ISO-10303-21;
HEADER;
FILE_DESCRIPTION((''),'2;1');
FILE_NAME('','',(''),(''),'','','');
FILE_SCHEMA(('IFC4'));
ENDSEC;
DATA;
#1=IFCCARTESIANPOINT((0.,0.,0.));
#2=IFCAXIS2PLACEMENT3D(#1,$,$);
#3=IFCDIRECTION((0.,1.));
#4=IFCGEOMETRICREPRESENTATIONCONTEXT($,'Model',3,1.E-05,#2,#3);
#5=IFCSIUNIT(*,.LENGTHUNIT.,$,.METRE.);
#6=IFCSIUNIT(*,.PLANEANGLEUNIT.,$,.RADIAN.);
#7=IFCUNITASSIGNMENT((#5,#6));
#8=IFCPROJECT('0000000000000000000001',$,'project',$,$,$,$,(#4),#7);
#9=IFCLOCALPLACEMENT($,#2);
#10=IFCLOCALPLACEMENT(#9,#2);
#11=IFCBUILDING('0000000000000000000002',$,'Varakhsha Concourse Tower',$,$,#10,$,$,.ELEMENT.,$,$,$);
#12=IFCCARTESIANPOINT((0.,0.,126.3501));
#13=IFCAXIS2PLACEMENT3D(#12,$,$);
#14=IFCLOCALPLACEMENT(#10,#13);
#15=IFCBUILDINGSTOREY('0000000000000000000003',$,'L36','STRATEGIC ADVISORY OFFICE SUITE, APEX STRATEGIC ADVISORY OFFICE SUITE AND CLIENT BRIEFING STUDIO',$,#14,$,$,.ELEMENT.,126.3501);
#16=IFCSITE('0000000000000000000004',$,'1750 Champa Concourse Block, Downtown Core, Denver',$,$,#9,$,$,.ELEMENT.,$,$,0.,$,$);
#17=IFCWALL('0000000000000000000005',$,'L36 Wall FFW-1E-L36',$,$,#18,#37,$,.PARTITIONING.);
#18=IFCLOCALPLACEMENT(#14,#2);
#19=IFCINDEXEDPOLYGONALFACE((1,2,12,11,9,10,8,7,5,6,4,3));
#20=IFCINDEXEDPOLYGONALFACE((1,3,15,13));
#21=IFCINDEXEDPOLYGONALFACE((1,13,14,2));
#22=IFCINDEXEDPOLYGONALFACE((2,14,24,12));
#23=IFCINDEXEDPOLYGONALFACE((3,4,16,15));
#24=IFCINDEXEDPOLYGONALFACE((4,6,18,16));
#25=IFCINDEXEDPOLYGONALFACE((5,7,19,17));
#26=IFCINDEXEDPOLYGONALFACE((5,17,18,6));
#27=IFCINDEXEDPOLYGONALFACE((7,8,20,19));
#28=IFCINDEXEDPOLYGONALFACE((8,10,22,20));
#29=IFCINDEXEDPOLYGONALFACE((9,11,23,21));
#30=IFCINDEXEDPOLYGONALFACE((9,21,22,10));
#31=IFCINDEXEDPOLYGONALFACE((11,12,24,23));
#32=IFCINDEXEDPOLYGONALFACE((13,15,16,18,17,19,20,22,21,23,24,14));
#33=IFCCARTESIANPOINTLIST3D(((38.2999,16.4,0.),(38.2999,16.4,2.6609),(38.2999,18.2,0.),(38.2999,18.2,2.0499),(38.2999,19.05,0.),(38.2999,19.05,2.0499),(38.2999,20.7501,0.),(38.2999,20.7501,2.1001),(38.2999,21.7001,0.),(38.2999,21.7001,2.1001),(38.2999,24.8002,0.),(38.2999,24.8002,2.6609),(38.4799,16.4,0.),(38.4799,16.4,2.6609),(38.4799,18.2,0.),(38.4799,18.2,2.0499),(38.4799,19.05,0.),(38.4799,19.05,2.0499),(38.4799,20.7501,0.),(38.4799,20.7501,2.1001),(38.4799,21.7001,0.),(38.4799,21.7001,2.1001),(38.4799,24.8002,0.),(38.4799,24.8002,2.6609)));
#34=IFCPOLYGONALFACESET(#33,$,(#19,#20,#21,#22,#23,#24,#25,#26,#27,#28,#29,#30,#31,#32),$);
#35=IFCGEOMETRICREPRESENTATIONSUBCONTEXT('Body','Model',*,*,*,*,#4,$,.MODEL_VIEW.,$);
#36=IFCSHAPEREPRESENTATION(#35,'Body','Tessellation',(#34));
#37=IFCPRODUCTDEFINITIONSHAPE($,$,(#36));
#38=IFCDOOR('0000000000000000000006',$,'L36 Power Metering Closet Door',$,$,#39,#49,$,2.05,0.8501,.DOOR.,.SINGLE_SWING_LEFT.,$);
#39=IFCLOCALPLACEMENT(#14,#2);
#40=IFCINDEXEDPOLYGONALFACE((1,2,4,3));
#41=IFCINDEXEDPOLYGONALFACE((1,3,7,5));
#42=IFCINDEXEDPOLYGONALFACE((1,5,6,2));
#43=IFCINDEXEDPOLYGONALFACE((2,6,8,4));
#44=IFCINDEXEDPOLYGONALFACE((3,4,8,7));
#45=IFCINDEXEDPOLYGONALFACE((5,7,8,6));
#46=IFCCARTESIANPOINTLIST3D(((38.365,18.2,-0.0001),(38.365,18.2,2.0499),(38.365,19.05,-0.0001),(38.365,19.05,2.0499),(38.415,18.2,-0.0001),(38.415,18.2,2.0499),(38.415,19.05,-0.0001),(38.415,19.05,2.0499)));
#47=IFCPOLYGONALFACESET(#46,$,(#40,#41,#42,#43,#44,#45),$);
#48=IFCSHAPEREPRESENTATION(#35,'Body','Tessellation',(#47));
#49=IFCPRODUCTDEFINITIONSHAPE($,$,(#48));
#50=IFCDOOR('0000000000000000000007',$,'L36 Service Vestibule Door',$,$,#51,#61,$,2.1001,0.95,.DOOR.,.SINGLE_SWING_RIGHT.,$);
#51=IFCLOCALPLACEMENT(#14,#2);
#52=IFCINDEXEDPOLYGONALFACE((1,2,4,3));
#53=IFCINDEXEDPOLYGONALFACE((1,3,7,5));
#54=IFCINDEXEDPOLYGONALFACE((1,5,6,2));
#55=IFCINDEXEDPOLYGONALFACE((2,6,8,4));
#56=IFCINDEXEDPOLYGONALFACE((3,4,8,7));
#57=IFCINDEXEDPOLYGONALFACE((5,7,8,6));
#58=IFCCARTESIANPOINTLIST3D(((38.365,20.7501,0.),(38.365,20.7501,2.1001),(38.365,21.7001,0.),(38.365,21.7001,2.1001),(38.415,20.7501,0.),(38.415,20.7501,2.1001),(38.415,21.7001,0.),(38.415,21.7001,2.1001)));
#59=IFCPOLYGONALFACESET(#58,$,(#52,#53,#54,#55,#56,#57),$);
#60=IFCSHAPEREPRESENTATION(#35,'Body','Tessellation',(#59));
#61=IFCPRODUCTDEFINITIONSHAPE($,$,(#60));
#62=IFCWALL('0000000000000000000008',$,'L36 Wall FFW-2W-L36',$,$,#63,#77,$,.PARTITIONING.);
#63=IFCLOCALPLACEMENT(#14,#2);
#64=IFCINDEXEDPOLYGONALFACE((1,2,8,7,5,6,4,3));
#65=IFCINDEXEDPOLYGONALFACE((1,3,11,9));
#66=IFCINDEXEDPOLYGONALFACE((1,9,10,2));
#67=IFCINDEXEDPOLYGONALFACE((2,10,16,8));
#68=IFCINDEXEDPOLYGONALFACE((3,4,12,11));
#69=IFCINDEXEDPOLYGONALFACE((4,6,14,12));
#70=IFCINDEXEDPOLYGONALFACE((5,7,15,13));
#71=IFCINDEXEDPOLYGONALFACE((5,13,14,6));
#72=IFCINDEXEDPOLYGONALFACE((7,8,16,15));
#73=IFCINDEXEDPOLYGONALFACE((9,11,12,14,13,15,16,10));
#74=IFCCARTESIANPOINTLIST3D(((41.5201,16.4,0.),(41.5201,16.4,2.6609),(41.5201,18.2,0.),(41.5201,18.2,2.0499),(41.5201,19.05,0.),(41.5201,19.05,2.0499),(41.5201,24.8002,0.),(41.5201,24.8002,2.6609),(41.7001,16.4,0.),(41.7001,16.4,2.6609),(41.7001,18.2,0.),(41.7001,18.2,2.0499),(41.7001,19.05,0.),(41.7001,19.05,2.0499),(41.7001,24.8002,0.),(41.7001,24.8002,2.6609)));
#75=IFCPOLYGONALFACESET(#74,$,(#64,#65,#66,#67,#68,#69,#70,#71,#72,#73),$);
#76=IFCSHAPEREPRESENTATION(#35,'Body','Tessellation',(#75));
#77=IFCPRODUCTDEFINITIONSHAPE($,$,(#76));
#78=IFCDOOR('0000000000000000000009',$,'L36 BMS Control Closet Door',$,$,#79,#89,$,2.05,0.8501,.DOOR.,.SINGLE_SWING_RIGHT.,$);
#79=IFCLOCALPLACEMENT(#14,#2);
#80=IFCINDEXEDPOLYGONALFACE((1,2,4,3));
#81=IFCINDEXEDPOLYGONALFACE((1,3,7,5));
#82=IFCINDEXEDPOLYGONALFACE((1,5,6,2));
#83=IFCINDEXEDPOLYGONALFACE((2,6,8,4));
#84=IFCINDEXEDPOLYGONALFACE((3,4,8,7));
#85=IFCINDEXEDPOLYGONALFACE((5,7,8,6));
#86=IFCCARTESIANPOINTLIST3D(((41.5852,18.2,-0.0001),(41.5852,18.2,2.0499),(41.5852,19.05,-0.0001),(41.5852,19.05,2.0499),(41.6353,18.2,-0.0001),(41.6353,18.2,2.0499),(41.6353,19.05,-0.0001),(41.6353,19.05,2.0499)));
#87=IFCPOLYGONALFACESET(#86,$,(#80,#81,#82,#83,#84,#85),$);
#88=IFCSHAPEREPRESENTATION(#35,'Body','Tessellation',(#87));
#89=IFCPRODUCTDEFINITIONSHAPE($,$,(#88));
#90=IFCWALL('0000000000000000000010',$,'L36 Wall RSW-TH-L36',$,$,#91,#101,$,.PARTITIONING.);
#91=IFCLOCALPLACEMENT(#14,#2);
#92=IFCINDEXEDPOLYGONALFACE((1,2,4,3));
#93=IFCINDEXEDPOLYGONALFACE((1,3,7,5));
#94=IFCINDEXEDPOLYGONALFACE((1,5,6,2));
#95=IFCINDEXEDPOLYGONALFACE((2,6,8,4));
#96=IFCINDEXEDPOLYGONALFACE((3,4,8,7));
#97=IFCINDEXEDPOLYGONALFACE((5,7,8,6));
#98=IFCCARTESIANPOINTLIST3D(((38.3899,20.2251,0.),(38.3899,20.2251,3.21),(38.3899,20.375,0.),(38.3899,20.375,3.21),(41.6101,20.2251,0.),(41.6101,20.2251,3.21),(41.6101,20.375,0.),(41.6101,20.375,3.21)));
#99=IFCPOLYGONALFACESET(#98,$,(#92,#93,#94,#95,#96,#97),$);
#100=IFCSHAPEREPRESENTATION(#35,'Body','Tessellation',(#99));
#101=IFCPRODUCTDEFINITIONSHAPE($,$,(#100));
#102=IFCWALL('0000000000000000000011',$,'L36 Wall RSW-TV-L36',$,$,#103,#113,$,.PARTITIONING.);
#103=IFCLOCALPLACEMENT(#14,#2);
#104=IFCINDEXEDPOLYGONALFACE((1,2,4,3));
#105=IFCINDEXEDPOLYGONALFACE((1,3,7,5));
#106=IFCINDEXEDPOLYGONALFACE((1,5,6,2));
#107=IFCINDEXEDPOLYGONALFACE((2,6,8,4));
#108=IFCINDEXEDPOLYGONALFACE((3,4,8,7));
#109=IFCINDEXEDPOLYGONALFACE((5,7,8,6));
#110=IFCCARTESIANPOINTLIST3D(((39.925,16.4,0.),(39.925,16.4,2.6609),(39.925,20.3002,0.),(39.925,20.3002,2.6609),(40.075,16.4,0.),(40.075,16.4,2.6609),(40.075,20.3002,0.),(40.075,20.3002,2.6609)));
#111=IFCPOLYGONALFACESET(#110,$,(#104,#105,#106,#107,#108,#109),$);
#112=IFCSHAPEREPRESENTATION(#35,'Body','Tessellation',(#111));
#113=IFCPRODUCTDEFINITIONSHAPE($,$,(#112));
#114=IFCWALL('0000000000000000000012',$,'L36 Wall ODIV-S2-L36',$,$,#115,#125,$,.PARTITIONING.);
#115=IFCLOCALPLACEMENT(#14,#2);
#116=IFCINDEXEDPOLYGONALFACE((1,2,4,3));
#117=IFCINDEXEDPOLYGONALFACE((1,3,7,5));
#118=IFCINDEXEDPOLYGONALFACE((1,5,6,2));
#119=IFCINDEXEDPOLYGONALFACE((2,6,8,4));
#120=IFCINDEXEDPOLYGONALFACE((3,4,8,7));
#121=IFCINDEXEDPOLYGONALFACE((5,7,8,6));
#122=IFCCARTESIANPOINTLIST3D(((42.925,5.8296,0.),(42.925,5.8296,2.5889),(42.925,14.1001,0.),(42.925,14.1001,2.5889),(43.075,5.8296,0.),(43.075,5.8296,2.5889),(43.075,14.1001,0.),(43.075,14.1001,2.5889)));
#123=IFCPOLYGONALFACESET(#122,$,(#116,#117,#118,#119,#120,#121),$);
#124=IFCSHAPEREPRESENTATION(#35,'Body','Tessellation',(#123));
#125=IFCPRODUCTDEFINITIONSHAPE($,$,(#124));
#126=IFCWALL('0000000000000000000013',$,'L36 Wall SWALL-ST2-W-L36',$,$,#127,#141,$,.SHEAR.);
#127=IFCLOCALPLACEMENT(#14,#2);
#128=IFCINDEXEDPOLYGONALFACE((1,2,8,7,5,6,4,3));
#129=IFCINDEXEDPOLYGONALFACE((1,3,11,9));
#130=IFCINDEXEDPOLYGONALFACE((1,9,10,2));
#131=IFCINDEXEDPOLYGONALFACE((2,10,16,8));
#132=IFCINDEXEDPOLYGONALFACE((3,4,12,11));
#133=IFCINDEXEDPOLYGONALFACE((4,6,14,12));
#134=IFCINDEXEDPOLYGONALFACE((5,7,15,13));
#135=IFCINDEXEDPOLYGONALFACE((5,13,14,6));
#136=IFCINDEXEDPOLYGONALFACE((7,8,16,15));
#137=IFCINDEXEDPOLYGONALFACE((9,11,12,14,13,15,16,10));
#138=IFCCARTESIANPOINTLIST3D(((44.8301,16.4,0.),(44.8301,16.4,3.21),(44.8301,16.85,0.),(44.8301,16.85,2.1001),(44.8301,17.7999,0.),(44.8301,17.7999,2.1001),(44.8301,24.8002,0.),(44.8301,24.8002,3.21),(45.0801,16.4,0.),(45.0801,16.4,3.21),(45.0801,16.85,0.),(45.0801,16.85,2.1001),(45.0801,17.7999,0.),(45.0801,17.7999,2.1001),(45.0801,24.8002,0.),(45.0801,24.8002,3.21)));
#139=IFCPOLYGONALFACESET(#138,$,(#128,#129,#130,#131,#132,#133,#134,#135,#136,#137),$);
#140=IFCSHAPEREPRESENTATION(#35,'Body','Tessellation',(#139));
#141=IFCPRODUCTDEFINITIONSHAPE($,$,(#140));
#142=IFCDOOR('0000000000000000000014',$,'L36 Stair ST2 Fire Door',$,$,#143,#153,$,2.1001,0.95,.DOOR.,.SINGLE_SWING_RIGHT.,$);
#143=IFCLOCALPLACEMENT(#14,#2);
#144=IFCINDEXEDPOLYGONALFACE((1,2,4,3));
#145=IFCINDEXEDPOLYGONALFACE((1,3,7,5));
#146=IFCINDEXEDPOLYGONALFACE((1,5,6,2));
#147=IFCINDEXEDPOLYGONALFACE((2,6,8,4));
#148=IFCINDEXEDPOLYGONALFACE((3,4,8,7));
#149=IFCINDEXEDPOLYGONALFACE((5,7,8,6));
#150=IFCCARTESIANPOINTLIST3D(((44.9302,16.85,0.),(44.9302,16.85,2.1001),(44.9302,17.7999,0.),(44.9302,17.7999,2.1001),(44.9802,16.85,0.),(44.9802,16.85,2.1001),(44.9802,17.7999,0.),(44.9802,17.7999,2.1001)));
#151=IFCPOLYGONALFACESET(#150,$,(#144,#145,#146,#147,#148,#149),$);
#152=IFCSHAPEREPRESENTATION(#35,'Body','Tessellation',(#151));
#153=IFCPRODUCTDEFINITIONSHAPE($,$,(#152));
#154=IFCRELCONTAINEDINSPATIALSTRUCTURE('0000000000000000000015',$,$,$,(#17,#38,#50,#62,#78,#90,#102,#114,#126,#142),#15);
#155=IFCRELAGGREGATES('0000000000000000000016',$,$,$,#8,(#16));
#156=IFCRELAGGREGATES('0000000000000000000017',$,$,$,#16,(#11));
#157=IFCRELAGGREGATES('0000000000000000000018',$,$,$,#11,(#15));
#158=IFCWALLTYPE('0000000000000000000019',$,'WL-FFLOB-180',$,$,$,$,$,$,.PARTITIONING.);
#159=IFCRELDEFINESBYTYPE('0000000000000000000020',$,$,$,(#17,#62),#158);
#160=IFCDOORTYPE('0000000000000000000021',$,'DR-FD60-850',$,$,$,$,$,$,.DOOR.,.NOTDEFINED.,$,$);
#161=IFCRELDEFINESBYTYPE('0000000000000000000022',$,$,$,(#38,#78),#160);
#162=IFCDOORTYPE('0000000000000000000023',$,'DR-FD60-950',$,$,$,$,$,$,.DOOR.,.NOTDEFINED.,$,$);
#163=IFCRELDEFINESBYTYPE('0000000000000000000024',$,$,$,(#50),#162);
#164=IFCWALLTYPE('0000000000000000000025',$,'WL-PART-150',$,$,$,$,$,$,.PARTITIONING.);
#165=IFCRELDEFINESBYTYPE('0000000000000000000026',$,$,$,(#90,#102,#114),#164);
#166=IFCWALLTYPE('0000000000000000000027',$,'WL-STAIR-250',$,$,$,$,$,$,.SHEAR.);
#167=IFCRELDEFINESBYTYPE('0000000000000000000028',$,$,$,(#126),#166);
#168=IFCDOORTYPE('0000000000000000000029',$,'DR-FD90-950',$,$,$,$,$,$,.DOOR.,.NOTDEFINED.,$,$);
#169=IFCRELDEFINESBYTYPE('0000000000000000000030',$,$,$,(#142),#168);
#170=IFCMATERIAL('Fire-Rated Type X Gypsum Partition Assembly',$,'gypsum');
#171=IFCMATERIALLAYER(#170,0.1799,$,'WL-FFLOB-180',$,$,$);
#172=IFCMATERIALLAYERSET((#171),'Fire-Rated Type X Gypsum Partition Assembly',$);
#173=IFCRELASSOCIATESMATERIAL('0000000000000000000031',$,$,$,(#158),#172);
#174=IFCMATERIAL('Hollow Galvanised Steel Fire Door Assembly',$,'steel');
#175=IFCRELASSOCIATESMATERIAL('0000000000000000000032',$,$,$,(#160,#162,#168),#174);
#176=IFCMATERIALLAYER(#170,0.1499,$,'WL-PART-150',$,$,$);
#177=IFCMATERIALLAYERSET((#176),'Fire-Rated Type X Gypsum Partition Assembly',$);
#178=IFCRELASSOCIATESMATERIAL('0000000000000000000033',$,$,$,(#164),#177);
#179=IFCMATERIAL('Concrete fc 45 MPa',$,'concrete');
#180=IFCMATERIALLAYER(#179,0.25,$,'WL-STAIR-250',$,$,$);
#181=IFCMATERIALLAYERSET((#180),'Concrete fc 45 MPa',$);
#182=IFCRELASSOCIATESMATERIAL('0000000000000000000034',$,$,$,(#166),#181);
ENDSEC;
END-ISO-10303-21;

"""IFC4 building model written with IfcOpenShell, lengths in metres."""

from ifc_helpers import new_model, si_unit, direction, frame, frame_2d, origin, place, context, subcontext, project, spatial, rectangle, extrude, material, layer, layer_set, type_object, element, fill, save


model = new_model("IFC4")

# Units and contexts
model_context = context("Model", 3, precision=1e-05, world=origin(), true_north=direction((0.0, 1.0)))
body_context = subcontext(model_context, "Body", "Model", "MODEL_VIEW")
ifc_project = project(units=[si_unit("LENGTHUNIT", "METRE"), si_unit("PLANEANGLEUNIT", "RADIAN")], contexts=[model_context])

# Site, building, storey
site_placement = place(None, origin())
site = spatial("IfcSite", under=ifc_project, at=site_placement, Name="1750 Champa Concourse Block, Downtown Core, Denver", CompositionType="ELEMENT", RefElevation=0.0)
building_placement = place(site_placement, origin())
building = spatial("IfcBuilding", under=site, at=building_placement, Name="Varakhsha Concourse Tower", CompositionType="ELEMENT")
storey_placement = place(building_placement, frame((0.0, 0.0, 126.3501)))
storey = spatial("IfcBuildingStorey", under=building, at=storey_placement, Name="L36", Description="STRATEGIC ADVISORY OFFICE SUITE, APEX STRATEGIC ADVISORY OFFICE SUITE AND CLIENT BRIEFING STUDIO", CompositionType="ELEMENT", Elevation=126.3501)

# Wall, openings, doors
ifc_material_1 = material(Name="Fire-Rated Type X Gypsum Partition Assembly", Category="gypsum")
ifc_layer_1 = layer(ifc_material_1, 0.1799, Name="WL-FFLOB-180")
ifc_layer_set_1 = layer_set([ifc_layer_1], Name="Fire-Rated Type X Gypsum Partition Assembly")
wall_type_1 = type_object("IfcWallType", Name="WL-FFLOB-180", PredefinedType="PARTITIONING", material=ifc_layer_set_1)
wall_1_placement = place(storey_placement, frame((38.3899, 16.3999, 0.0), z_axis=(0.0, 0.0, 1.0), x_axis=(0.0, 1.0, 0.0)))
wall_1 = element("IfcWall", 1, at=wall_1_placement, inside=storey, type_object=wall_type_1, Name="L36 Wall FFW-1E-L36", PredefinedType="PARTITIONING", context=body_context, shape_type="SweptSolid", body=[
    extrude(rectangle(XDim=8.4001, YDim=0.1799, at=frame_2d((4.2002, 0.0))), origin(), (0.0, 0.0, 1.0), 2.6609),
])
opening_1_placement = place(wall_1_placement, frame((1.8, 0.0, 0.0)))
opening_1 = element("IfcOpeningElement", 2, at=opening_1_placement, cuts=wall_1, PredefinedType="OPENING", context=body_context, shape_type="SweptSolid", body=[
    extrude(rectangle(XDim=0.8501, YDim=2.05, at=frame_2d((0.425, 1.0249))), frame((0.0, 0.0999, 0.0), z_axis=(0.0, -1.0, 0.0), x_axis=(1.0, 0.0, 0.0)), (0.0, 0.0, 1.0), 0.2),
])
opening_2_placement = place(wall_1_placement, frame((4.3501, 0.0, 0.0)))
opening_2 = element("IfcOpeningElement", 3, at=opening_2_placement, cuts=wall_1, PredefinedType="OPENING", context=body_context, shape_type="SweptSolid", body=[
    extrude(rectangle(XDim=0.95, YDim=2.1001, at=frame_2d((0.4751, 1.05))), frame((0.0, 0.0999, 0.0), z_axis=(0.0, -1.0, 0.0), x_axis=(1.0, 0.0, 0.0)), (0.0, 0.0, 1.0), 0.2),
])
ifc_material_2 = material(Name="Hollow Galvanised Steel Fire Door Assembly", Category="steel")
door_type_1 = type_object("IfcDoorType", Name="DR-FD60-850", OperationType="NOTDEFINED", PredefinedType="DOOR", material=ifc_material_2)
door_1_placement = place(opening_1_placement, origin())
door_1 = element("IfcDoor", 4, at=door_1_placement, inside=storey, type_object=door_type_1, Name="L36 Power Metering Closet Door", OperationType="SINGLE_SWING_LEFT", OverallHeight=2.05, OverallWidth=0.8501, PredefinedType="DOOR", context=body_context, shape_type="SweptSolid", body=[
    extrude(rectangle(XDim=0.8501, YDim=2.05, at=frame_2d((0.425, 1.0249))), frame((0.0, 0.0249, 0.0), z_axis=(0.0, -1.0, 0.0), x_axis=(1.0, 0.0, 0.0)), (0.0, 0.0, 1.0), 0.05),
])
fill(opening_1, door_1)
door_type_2 = type_object("IfcDoorType", Name="DR-FD60-950", OperationType="NOTDEFINED", PredefinedType="DOOR", material=ifc_material_2)
door_2_placement = place(opening_2_placement, origin())
door_2 = element("IfcDoor", 5, at=door_2_placement, inside=storey, type_object=door_type_2, Name="L36 Service Vestibule Door", OperationType="SINGLE_SWING_RIGHT", OverallHeight=2.1001, OverallWidth=0.95, PredefinedType="DOOR", context=body_context, shape_type="SweptSolid", body=[
    extrude(rectangle(XDim=0.95, YDim=2.1001, at=frame_2d((0.4751, 1.05))), frame((0.0, 0.0249, 0.0), z_axis=(0.0, -1.0, 0.0), x_axis=(1.0, 0.0, 0.0)), (0.0, 0.0, 1.0), 0.05),
])
fill(opening_2, door_2)

# Wall, opening, door
wall_2_placement = place(storey_placement, frame((41.6101, 16.3999, 0.0), z_axis=(0.0, 0.0, 1.0), x_axis=(0.0, 1.0, 0.0)))
wall_2 = element("IfcWall", 6, at=wall_2_placement, inside=storey, type_object=wall_type_1, Name="L36 Wall FFW-2W-L36", PredefinedType="PARTITIONING", context=body_context, shape_type="SweptSolid", body=[
    extrude(rectangle(XDim=8.4001, YDim=0.1799, at=frame_2d((4.2002, 0.0))), origin(), (0.0, 0.0, 1.0), 2.6609),
])
opening_3_placement = place(wall_2_placement, frame((1.8, 0.0, 0.0)))
opening_3 = element("IfcOpeningElement", 7, at=opening_3_placement, cuts=wall_2, PredefinedType="OPENING", context=body_context, shape_type="SweptSolid", body=[
    extrude(rectangle(XDim=0.8501, YDim=2.05, at=frame_2d((0.425, 1.0249))), frame((0.0, 0.0999, 0.0), z_axis=(0.0, -1.0, 0.0), x_axis=(1.0, 0.0, 0.0)), (0.0, 0.0, 1.0), 0.2),
])
door_3_placement = place(opening_3_placement, origin())
door_3 = element("IfcDoor", 8, at=door_3_placement, inside=storey, type_object=door_type_1, Name="L36 BMS Control Closet Door", OperationType="SINGLE_SWING_RIGHT", OverallHeight=2.05, OverallWidth=0.8501, PredefinedType="DOOR", context=body_context, shape_type="SweptSolid", body=[
    extrude(rectangle(XDim=0.8501, YDim=2.05, at=frame_2d((0.425, 1.0249))), frame((0.0, 0.0249, 0.0), z_axis=(0.0, -1.0, 0.0), x_axis=(1.0, 0.0, 0.0)), (0.0, 0.0, 1.0), 0.05),
])
fill(opening_3, door_3)

# Walls
ifc_layer_2 = layer(ifc_material_1, 0.1499, Name="WL-PART-150")
ifc_layer_set_2 = layer_set([ifc_layer_2], Name="Fire-Rated Type X Gypsum Partition Assembly")
wall_type_2 = type_object("IfcWallType", Name="WL-PART-150", PredefinedType="PARTITIONING", material=ifc_layer_set_2)
wall_3_placement = place(storey_placement, frame((38.3899, 20.3, 0.0), z_axis=(0.0, 0.0, 1.0), x_axis=(1.0, 0.0, 0.0)))
element("IfcWall", 9, at=wall_3_placement, inside=storey, type_object=wall_type_2, Name="L36 Wall RSW-TH-L36", PredefinedType="PARTITIONING", context=body_context, shape_type="SweptSolid", body=[
    extrude(rectangle(XDim=3.2202, YDim=0.1499, at=frame_2d((1.6101, 0.0))), origin(), (0.0, 0.0, 1.0), 3.21),
])
wall_4_placement = place(storey_placement, frame((40.0, 16.3999, 0.0), z_axis=(0.0, 0.0, 1.0), x_axis=(0.0, 1.0, 0.0)))
element("IfcWall", 10, at=wall_4_placement, inside=storey, type_object=wall_type_2, Name="L36 Wall RSW-TV-L36", PredefinedType="PARTITIONING", context=body_context, shape_type="SweptSolid", body=[
    extrude(rectangle(XDim=3.9001, YDim=0.1499, at=frame_2d((1.9502, 0.0))), origin(), (0.0, 0.0, 1.0), 2.6609),
])
wall_5_placement = place(storey_placement, frame((43.0, 5.8296, 0.0), z_axis=(0.0, 0.0, 1.0), x_axis=(0.0, 1.0, 0.0)))
element("IfcWall", 11, at=wall_5_placement, inside=storey, type_object=wall_type_2, Name="L36 Wall ODIV-S2-L36", PredefinedType="PARTITIONING", context=body_context, shape_type="SweptSolid", body=[
    extrude(rectangle(XDim=8.2705, YDim=0.1499, at=frame_2d((4.1353, 0.0))), origin(), (0.0, 0.0, 1.0), 2.5889),
])

# Wall, opening, door
ifc_material_3 = material(Name="Concrete fc 45 MPa", Category="concrete")
ifc_layer_3 = layer(ifc_material_3, 0.25, Name="WL-STAIR-250")
ifc_layer_set_3 = layer_set([ifc_layer_3], Name="Concrete fc 45 MPa")
wall_type_3 = type_object("IfcWallType", Name="WL-STAIR-250", PredefinedType="SHEAR", material=ifc_layer_set_3)
wall_6_placement = place(storey_placement, frame((44.9551, 16.3999, 0.0), z_axis=(0.0, 0.0, 1.0), x_axis=(0.0, 1.0, 0.0)))
wall_6 = element("IfcWall", 12, at=wall_6_placement, inside=storey, type_object=wall_type_3, Name="L36 Wall SWALL-ST2-W-L36", PredefinedType="SHEAR", context=body_context, shape_type="SweptSolid", body=[
    extrude(rectangle(XDim=8.4001, YDim=0.25, at=frame_2d((4.2002, 0.0))), origin(), (0.0, 0.0, 1.0), 3.21),
])
opening_4_placement = place(wall_6_placement, frame((0.45, 0.0, 0.0)))
opening_4 = element("IfcOpeningElement", 13, at=opening_4_placement, cuts=wall_6, PredefinedType="OPENING", context=body_context, shape_type="SweptSolid", body=[
    extrude(rectangle(XDim=0.95, YDim=2.1001, at=frame_2d((0.4751, 1.05))), frame((0.0, 0.135, 0.0), z_axis=(0.0, -1.0, 0.0), x_axis=(1.0, 0.0, 0.0)), (0.0, 0.0, 1.0), 0.27),
])
door_type_3 = type_object("IfcDoorType", Name="DR-FD90-950", OperationType="NOTDEFINED", PredefinedType="DOOR", material=ifc_material_2)
door_4_placement = place(opening_4_placement, origin())
door_4 = element("IfcDoor", 14, at=door_4_placement, inside=storey, type_object=door_type_3, Name="L36 Stair ST2 Fire Door", OperationType="SINGLE_SWING_RIGHT", OverallHeight=2.1001, OverallWidth=0.95, PredefinedType="DOOR", context=body_context, shape_type="SweptSolid", body=[
    extrude(rectangle(XDim=0.95, YDim=2.1001, at=frame_2d((0.4751, 1.05))), frame((0.0, 0.0249, 0.0), z_axis=(0.0, -1.0, 0.0), x_axis=(1.0, 0.0, 0.0)), (0.0, 0.0, 1.0), 0.05),
])
fill(opening_4, door_4)

save(model, "model.ifc")
